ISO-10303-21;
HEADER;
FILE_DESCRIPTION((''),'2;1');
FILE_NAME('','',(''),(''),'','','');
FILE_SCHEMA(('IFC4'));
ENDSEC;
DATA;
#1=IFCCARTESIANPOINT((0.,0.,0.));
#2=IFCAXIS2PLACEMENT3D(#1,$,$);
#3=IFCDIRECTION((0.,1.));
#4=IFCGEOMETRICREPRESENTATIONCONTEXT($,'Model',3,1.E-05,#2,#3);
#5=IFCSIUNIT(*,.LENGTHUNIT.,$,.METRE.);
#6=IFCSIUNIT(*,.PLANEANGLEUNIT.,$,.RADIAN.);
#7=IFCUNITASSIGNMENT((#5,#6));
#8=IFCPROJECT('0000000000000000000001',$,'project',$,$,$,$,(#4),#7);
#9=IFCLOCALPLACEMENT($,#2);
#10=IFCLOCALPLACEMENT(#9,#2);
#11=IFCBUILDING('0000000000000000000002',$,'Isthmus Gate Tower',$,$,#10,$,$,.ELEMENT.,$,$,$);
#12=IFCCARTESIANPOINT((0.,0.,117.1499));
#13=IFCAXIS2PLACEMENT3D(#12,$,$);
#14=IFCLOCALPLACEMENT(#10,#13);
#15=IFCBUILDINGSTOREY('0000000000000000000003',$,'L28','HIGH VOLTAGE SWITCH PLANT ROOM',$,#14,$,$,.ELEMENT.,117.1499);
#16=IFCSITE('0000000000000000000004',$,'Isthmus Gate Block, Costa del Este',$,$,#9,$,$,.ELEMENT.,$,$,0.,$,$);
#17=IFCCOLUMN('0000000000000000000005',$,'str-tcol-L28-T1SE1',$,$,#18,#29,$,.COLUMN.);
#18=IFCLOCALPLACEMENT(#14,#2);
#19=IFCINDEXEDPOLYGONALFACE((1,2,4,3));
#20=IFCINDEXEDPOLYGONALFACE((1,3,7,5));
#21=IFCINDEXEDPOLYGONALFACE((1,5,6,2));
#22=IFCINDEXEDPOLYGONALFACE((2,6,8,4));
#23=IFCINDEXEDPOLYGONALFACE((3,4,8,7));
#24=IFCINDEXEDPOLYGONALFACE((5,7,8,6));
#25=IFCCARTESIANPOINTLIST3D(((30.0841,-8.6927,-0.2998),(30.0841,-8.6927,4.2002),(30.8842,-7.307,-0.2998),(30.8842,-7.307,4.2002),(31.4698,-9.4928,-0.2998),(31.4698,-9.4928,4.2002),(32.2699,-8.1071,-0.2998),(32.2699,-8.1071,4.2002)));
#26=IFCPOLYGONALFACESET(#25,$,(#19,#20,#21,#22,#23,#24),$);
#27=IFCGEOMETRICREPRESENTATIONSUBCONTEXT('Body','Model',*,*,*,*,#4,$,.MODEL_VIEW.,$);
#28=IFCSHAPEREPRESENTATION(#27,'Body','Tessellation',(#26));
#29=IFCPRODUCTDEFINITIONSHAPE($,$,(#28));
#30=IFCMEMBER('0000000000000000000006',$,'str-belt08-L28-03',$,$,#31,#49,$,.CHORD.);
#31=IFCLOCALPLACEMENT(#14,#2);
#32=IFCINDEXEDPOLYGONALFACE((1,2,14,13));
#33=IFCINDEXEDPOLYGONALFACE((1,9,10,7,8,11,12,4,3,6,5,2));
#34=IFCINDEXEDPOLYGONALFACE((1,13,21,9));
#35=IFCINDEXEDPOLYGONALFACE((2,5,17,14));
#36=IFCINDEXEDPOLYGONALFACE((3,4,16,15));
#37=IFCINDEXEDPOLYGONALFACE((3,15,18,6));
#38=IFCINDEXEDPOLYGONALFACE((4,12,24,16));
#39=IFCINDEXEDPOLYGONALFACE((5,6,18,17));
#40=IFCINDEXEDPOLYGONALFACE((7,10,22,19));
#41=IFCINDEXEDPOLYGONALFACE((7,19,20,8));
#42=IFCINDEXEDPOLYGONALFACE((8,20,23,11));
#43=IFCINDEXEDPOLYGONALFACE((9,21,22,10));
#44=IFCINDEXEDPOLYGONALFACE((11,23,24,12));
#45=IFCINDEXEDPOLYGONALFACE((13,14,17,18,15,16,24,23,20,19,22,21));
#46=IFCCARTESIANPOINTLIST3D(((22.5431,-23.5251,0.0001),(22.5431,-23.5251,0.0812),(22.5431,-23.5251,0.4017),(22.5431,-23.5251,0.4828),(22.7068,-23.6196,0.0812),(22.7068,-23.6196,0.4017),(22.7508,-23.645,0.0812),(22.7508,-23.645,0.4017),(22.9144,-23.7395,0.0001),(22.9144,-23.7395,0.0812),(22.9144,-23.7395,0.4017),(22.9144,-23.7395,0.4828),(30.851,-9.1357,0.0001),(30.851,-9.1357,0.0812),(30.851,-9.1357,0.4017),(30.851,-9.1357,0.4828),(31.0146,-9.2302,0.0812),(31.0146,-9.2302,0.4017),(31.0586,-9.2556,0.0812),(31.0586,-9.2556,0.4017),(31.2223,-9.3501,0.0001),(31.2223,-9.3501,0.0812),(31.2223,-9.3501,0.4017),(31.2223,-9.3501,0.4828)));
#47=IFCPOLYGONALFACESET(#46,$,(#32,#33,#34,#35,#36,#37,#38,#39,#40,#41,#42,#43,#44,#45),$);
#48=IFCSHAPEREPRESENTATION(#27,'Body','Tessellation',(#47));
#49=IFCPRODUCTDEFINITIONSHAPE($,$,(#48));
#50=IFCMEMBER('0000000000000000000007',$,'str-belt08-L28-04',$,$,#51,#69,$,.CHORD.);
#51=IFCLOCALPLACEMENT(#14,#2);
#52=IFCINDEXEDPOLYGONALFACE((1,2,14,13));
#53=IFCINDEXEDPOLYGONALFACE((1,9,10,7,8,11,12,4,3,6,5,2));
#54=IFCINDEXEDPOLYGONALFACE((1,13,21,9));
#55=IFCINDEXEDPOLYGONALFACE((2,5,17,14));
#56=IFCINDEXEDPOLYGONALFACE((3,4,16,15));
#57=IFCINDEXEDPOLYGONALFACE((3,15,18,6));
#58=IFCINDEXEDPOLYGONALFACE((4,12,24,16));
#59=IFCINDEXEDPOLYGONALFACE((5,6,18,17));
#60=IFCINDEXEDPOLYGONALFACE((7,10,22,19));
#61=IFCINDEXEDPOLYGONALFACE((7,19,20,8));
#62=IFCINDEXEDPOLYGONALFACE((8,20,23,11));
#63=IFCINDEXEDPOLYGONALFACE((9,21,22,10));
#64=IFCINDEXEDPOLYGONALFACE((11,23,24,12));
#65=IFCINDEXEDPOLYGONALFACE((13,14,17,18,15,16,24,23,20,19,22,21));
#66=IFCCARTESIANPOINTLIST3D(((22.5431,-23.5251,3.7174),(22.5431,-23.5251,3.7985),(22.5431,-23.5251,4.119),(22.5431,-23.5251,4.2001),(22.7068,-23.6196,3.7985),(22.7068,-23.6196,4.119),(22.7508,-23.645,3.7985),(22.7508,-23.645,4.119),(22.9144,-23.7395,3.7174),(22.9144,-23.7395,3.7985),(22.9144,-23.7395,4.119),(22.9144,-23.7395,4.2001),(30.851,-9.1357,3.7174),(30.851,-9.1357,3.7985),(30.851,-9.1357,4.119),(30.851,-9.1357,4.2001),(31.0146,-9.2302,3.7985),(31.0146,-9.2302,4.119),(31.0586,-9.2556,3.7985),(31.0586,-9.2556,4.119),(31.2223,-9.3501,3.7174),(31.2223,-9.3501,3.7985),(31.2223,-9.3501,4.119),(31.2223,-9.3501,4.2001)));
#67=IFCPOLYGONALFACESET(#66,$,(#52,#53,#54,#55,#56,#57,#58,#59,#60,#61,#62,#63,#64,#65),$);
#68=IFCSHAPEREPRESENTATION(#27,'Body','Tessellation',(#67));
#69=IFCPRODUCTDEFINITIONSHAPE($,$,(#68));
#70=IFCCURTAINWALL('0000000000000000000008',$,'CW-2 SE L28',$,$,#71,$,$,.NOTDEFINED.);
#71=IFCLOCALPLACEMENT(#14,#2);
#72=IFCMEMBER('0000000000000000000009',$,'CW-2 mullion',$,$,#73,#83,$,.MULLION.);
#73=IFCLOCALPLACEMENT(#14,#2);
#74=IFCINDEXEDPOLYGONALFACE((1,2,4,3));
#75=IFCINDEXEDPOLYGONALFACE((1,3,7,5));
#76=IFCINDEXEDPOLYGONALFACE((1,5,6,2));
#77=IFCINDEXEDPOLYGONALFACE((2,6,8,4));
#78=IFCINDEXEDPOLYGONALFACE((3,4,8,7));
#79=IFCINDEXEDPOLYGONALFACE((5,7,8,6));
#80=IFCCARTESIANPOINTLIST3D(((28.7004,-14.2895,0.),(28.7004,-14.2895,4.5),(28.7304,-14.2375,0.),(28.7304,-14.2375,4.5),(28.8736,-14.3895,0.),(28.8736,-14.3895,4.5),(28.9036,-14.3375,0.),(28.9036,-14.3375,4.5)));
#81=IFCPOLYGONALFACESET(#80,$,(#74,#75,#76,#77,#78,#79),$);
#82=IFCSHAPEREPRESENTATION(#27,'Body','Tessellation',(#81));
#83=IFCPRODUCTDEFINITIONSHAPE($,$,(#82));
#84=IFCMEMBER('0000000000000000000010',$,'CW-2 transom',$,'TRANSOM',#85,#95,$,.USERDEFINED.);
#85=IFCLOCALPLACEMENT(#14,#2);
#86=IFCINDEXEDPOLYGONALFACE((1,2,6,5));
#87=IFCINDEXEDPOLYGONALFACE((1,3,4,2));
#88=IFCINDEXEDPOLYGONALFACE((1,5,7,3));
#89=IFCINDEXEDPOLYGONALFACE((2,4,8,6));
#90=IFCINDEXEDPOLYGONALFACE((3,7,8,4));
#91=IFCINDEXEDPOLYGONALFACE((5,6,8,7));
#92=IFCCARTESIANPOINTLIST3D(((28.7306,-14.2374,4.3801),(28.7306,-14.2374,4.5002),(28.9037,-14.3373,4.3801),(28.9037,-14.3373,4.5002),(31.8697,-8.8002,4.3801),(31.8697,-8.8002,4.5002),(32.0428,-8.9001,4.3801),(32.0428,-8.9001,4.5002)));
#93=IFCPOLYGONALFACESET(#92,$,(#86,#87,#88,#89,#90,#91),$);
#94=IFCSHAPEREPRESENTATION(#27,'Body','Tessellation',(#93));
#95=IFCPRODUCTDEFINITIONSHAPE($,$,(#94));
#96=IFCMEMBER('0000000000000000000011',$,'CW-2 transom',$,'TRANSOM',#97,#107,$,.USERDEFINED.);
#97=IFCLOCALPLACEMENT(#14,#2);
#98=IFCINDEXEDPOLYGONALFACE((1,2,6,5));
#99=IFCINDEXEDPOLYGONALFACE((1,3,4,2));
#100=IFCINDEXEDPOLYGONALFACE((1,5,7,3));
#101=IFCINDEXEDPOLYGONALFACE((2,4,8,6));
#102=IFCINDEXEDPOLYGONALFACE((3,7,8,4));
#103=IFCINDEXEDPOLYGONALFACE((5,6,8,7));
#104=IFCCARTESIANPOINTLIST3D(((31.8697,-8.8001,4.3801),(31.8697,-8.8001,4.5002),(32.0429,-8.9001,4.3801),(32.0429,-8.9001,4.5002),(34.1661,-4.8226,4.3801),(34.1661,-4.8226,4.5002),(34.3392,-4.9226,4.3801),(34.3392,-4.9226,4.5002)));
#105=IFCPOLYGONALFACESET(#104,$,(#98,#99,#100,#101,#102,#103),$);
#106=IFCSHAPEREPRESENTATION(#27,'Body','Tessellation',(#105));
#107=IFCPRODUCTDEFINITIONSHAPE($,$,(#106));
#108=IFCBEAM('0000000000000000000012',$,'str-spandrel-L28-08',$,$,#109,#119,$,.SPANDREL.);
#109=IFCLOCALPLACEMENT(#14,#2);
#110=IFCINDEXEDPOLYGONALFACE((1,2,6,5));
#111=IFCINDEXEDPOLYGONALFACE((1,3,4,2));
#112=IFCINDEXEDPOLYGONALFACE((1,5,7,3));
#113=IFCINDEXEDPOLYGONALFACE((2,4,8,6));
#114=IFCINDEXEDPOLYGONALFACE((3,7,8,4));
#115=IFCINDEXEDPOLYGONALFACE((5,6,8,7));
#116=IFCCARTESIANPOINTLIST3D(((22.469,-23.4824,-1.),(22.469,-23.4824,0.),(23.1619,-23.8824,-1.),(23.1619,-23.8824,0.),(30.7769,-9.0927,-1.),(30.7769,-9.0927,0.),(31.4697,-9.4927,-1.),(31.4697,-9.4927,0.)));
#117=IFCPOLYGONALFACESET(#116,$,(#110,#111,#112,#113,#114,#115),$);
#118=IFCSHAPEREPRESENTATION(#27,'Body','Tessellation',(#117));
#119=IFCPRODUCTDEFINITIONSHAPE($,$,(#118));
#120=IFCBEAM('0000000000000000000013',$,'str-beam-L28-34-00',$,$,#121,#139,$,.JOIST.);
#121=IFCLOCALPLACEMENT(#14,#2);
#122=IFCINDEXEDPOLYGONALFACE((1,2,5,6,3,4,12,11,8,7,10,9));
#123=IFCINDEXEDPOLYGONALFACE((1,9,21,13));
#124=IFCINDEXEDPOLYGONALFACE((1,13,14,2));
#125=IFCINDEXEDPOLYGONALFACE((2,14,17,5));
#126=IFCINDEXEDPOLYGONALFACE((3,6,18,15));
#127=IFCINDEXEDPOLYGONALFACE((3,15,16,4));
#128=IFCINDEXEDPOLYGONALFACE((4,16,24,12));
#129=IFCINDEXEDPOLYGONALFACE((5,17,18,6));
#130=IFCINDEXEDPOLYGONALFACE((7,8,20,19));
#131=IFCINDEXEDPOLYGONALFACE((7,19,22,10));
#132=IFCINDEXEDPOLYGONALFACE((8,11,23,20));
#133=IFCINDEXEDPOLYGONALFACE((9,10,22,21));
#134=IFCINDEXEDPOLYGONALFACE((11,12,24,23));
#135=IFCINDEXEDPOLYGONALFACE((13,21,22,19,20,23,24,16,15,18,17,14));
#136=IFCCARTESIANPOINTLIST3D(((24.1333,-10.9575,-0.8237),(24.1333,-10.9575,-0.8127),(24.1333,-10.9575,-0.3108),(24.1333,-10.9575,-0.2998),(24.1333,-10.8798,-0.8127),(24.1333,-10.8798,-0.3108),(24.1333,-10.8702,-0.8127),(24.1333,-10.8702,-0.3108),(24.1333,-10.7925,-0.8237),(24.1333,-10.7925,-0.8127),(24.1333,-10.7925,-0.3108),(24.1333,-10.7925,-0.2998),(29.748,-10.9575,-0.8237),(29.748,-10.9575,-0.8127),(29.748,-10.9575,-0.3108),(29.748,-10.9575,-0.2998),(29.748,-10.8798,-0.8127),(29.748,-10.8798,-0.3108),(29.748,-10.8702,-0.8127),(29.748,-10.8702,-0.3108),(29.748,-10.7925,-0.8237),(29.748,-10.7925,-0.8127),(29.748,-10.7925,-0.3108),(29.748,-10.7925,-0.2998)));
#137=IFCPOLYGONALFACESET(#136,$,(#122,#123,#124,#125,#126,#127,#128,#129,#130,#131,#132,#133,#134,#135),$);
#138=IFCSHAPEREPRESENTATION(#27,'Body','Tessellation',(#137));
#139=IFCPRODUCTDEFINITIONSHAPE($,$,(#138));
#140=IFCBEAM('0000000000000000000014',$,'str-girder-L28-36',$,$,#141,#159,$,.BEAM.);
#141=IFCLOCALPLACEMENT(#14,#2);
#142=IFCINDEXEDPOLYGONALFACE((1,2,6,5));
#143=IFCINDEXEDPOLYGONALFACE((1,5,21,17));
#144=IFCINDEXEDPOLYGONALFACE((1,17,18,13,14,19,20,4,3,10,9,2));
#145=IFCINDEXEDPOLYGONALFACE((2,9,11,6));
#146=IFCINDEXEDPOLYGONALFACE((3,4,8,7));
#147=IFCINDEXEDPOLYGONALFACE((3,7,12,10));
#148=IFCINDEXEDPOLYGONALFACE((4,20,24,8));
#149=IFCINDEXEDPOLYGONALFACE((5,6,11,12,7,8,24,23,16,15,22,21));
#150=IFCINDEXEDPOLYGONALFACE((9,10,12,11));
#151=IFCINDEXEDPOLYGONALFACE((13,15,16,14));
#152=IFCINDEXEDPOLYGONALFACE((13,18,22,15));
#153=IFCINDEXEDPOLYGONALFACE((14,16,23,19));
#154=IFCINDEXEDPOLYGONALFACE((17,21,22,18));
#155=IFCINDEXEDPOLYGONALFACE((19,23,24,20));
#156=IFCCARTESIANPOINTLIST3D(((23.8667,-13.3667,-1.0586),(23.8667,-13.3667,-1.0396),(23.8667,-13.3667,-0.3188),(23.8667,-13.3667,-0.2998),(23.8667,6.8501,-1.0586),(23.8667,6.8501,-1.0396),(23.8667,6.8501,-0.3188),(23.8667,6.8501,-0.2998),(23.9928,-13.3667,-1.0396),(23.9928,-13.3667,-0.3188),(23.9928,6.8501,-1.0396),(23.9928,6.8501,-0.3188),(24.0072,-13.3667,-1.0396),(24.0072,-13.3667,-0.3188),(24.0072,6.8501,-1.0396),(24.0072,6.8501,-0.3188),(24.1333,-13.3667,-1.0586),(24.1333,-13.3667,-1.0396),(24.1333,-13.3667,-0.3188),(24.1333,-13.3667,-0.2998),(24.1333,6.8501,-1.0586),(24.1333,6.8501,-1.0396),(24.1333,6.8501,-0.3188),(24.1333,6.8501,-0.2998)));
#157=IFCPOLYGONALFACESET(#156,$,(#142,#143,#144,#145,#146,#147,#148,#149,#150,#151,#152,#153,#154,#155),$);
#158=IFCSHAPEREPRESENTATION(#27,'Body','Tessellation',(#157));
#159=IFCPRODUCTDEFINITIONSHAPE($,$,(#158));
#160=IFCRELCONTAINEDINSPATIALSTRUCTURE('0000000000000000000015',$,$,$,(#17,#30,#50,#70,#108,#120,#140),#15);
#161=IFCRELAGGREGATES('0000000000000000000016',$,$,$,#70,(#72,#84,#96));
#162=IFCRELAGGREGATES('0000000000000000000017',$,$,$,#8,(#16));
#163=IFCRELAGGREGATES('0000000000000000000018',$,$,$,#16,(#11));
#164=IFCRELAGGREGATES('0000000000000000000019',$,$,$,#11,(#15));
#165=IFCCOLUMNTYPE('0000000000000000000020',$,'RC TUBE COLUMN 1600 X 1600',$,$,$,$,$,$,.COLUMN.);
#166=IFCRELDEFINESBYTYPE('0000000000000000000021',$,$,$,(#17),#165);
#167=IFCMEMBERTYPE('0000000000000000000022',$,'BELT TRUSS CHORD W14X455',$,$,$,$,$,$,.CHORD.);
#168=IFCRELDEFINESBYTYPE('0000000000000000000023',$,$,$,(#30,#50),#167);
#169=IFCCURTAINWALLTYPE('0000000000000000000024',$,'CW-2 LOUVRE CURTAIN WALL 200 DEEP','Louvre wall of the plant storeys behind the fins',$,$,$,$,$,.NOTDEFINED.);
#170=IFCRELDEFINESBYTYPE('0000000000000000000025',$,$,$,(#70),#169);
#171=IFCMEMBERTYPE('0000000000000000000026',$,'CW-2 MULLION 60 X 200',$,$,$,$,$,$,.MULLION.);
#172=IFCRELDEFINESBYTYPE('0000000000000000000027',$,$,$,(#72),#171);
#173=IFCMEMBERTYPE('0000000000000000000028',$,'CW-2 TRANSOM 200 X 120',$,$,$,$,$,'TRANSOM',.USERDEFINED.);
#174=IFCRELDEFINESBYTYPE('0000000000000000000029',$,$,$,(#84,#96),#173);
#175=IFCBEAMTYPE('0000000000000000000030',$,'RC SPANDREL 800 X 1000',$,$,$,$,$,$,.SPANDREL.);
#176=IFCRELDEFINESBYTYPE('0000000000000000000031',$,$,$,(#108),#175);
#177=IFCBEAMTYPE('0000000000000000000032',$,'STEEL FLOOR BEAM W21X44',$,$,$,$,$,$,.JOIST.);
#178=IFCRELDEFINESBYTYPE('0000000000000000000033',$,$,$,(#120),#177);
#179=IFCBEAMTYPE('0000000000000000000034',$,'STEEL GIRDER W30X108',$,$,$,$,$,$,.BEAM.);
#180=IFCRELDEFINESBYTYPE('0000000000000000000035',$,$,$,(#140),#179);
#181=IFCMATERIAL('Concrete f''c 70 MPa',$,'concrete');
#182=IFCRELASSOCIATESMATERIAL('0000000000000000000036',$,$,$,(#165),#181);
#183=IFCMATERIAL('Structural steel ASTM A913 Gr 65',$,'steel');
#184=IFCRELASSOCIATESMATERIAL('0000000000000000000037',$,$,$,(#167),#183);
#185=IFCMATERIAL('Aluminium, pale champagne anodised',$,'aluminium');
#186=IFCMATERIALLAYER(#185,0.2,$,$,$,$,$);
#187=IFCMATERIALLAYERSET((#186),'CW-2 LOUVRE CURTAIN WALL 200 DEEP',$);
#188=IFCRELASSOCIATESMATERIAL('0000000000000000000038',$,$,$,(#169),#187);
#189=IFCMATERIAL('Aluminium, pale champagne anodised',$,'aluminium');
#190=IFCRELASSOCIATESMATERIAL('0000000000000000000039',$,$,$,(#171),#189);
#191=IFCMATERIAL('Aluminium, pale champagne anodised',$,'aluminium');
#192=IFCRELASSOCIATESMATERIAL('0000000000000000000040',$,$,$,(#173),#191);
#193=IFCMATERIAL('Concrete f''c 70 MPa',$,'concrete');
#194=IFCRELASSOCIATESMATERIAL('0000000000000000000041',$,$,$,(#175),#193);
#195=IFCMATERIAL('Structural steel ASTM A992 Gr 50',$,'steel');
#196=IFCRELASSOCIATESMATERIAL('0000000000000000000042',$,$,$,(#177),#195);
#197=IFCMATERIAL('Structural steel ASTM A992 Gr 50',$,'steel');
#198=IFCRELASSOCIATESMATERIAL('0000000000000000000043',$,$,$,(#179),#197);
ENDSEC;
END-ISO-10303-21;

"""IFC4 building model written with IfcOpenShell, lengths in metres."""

from ifc_helpers import new_model, si_unit, direction, frame, origin, origin_2d, place, context, subcontext, project, spatial, rectangle, i_section, extrude, material, layer, layer_set, material_profile, profile_set, type_object, element, aggregate, save


model = new_model("IFC4")

# Units and contexts
model_context = context("Model", 3, precision=1e-05, world=origin(), true_north=direction((0.0, 1.0)))
body_context = subcontext(model_context, "Body", "Model", "MODEL_VIEW")
ifc_project = project(units=[si_unit("LENGTHUNIT", "METRE"), si_unit("PLANEANGLEUNIT", "RADIAN")], contexts=[model_context])

# Site, building, storey
site_placement = place(None, origin())
site = spatial("IfcSite", under=ifc_project, at=site_placement, Name="Isthmus Gate Block, Costa del Este", CompositionType="ELEMENT", RefElevation=0.0)
building_placement = place(site_placement, origin())
building = spatial("IfcBuilding", under=site, at=building_placement, Name="Isthmus Gate Tower", CompositionType="ELEMENT")
storey_placement = place(building_placement, frame((0.0, 0.0, 117.1499)))
storey = spatial("IfcBuildingStorey", under=building, at=storey_placement, Name="L28", Description="HIGH VOLTAGE SWITCH PLANT ROOM", CompositionType="ELEMENT", Elevation=117.1499)

# Column
ifc_material_1 = material(Name="Concrete f'c 70 MPa", Category="concrete")
ifc_material_profile_1 = material_profile(ifc_material_1, rectangle(XDim=1.6001, YDim=1.6001, at=origin_2d()), Name="RC 1600X1600")
ifc_profile_set_1 = profile_set([ifc_material_profile_1], Name="Concrete f'c 70 MPa")
column_type = type_object("IfcColumnType", Name="RC TUBE COLUMN 1600 X 1600", PredefinedType="COLUMN", material=ifc_profile_set_1)
column_placement = place(storey_placement, frame((31.177, -8.3999, -0.2998), z_axis=(0.0, 0.0, 1.0), x_axis=(0.5, 0.866025, 0.0)))
element("IfcColumn", 1, at=column_placement, inside=storey, type_object=column_type, Name="str-tcol-L28-T1SE1", PredefinedType="COLUMN", context=body_context, shape_type="SweptSolid", body=[
    extrude(rectangle(XDim=1.6001, YDim=1.6001, at=origin_2d()), origin(), (0.0, 0.0, 1.0), 4.5),
])

# Members
ifc_material_2 = material(Name="Structural steel ASTM A913 Gr 65", Category="steel")
ifc_material_profile_2 = material_profile(ifc_material_2, i_section(OverallWidth=0.4287, OverallDepth=0.4827, WebThickness=0.0508, FlangeThickness=0.0811, at=origin_2d()), Name="W14X455")
ifc_profile_set_2 = profile_set([ifc_material_profile_2], Name="Structural steel ASTM A913 Gr 65")
member_type_1 = type_object("IfcMemberType", Name="BELT TRUSS CHORD W14X455", PredefinedType="CHORD", material=ifc_profile_set_2)
for number, where, z_axis, x_axis, name in (
    (2, (31.0366, -9.2429, 0.2415), (-0.500006, -0.866022, 0.0), (0.866022, -0.500006, 0.0), "str-belt08-L28-03"),
    (3, (31.0366, -9.2429, 3.9587), (-0.500006, -0.866022, 0.0), (0.866022, -0.500006, 0.0), "str-belt08-L28-04"),
):
    element("IfcMember", number, at=place(storey_placement, frame(where, z_axis=z_axis, x_axis=x_axis)), inside=storey, type_object=member_type_1, Name=name, PredefinedType="CHORD", context=body_context, shape_type="SweptSolid", body=[
        extrude(i_section(OverallWidth=0.4287, OverallDepth=0.4827, WebThickness=0.0508, FlangeThickness=0.0811, at=origin_2d()), origin(), (0.0, 0.0, 1.0), 16.6155),
    ])

# Curtain wall, members
ifc_material_3 = material(Name="Aluminium, pale champagne anodised", Category="aluminium")
ifc_layer_1 = layer(ifc_material_3, 0.2)
ifc_layer_set_1 = layer_set([ifc_layer_1], Name="CW-2 LOUVRE CURTAIN WALL 200 DEEP")
curtain_wall_type = type_object("IfcCurtainWallType", Name="CW-2 LOUVRE CURTAIN WALL 200 DEEP", Description="Louvre wall of the plant storeys behind the fins", PredefinedType="NOTDEFINED", material=ifc_layer_set_1)
curtain_wall_placement = place(storey_placement, origin())
curtain_wall = element("IfcCurtainWall", 4, at=curtain_wall_placement, inside=storey, type_object=curtain_wall_type, Name="CW-2 SE L28", PredefinedType="NOTDEFINED")
ifc_material_4 = material(Name="Aluminium, pale champagne anodised", Category="aluminium")
ifc_material_profile_3 = material_profile(ifc_material_4, rectangle(XDim=0.0601, YDim=0.2, at=origin_2d()), Name="60x200")
ifc_profile_set_3 = profile_set([ifc_material_profile_3], Name="Aluminium, pale champagne anodised")
member_type_2 = type_object("IfcMemberType", Name="CW-2 MULLION 60 X 200", PredefinedType="MULLION", material=ifc_profile_set_3)
member_1_placement = place(storey_placement, frame((28.802, -14.3135, 0.0), z_axis=(0.0, 0.0, 1.0), x_axis=(0.5, 0.866025, 0.0)))
member_1 = element("IfcMember", 5, at=member_1_placement, type_object=member_type_2, Name="CW-2 mullion", PredefinedType="MULLION", context=body_context, shape_type="SweptSolid", body=[
    extrude(rectangle(XDim=0.0601, YDim=0.2, at=origin_2d()), origin(), (0.0, 0.0, 1.0), 4.5),
])
ifc_material_5 = material(Name="Aluminium, pale champagne anodised", Category="aluminium")
ifc_material_profile_4 = material_profile(ifc_material_5, rectangle(XDim=0.2, YDim=0.1201, at=origin_2d()), Name="200x120")
ifc_profile_set_4 = profile_set([ifc_material_profile_4], Name="Aluminium, pale champagne anodised")
member_type_3 = type_object("IfcMemberType", Name="CW-2 TRANSOM 200 X 120", ElementType="TRANSOM", PredefinedType="USERDEFINED", material=ifc_profile_set_4)
member_2_placement = place(storey_placement, frame((28.8171, -14.2874, 4.4402), z_axis=(0.499995, 0.866028, 0.0), x_axis=(-0.866028, 0.499995, 0.0)))
member_2 = element("IfcMember", 6, at=member_2_placement, type_object=member_type_3, Name="CW-2 transom", ObjectType="TRANSOM", PredefinedType="USERDEFINED", context=body_context, shape_type="SweptSolid", body=[
    extrude(rectangle(XDim=0.2, YDim=0.1201, at=origin_2d()), origin(), (0.0, 0.0, 1.0), 6.2783),
])
member_3_placement = place(storey_placement, frame((31.9563, -8.8501, 4.4402), z_axis=(0.499992, 0.86603, 0.0), x_axis=(-0.86603, 0.499992, 0.0)))
member_3 = element("IfcMember", 7, at=member_3_placement, type_object=member_type_3, Name="CW-2 transom", ObjectType="TRANSOM", PredefinedType="USERDEFINED", context=body_context, shape_type="SweptSolid", body=[
    extrude(rectangle(XDim=0.2, YDim=0.1201, at=origin_2d()), origin(), (0.0, 0.0, 1.0), 4.5928),
])

# Beams
ifc_material_6 = material(Name="Concrete f'c 70 MPa", Category="concrete")
ifc_material_profile_5 = material_profile(ifc_material_6, rectangle(XDim=0.8, YDim=1.0, at=origin_2d()), Name="RC 800X1000")
ifc_profile_set_5 = profile_set([ifc_material_profile_5], Name="Concrete f'c 70 MPa")
beam_type_1 = type_object("IfcBeamType", Name="RC SPANDREL 800 X 1000", PredefinedType="SPANDREL", material=ifc_profile_set_5)
beam_1_placement = place(storey_placement, frame((31.1233, -9.2927, -0.5), z_axis=(-0.5, -0.866026, 0.0), x_axis=(0.866026, -0.5, 0.0)))
element("IfcBeam", 8, at=beam_1_placement, inside=storey, type_object=beam_type_1, Name="str-spandrel-L28-08", PredefinedType="SPANDREL", context=body_context, shape_type="SweptSolid", body=[
    extrude(rectangle(XDim=0.8, YDim=1.0, at=origin_2d()), origin(), (0.0, 0.0, 1.0), 16.6157),
])
ifc_material_7 = material(Name="Structural steel ASTM A992 Gr 50", Category="steel")
ifc_material_profile_6 = material_profile(ifc_material_7, i_section(OverallWidth=0.165, OverallDepth=0.5239, WebThickness=0.0095, FlangeThickness=0.011, at=origin_2d()), Name="W21X44")
ifc_profile_set_6 = profile_set([ifc_material_profile_6], Name="Structural steel ASTM A992 Gr 50")
beam_type_2 = type_object("IfcBeamType", Name="STEEL FLOOR BEAM W21X44", PredefinedType="JOIST", material=ifc_profile_set_6)
beam_2_placement = place(storey_placement, frame((24.1333, -10.875, -0.5618), z_axis=(1.0, 0.0, 0.0), x_axis=(0.0, 1.0, 0.0)))
element("IfcBeam", 9, at=beam_2_placement, inside=storey, type_object=beam_type_2, Name="str-beam-L28-34-00", PredefinedType="JOIST", context=body_context, shape_type="SweptSolid", body=[
    extrude(i_section(OverallWidth=0.165, OverallDepth=0.5239, WebThickness=0.0095, FlangeThickness=0.011, at=origin_2d()), origin(), (0.0, 0.0, 1.0), 5.6147),
])
ifc_material_8 = material(Name="Structural steel ASTM A992 Gr 50", Category="steel")
ifc_material_profile_7 = material_profile(ifc_material_8, i_section(OverallWidth=0.2666, OverallDepth=0.7588, WebThickness=0.0144, FlangeThickness=0.019, at=origin_2d()), Name="W30X108")
ifc_profile_set_7 = profile_set([ifc_material_profile_7], Name="Structural steel ASTM A992 Gr 50")
beam_type_3 = type_object("IfcBeamType", Name="STEEL GIRDER W30X108", PredefinedType="BEAM", material=ifc_profile_set_7)
beam_3_placement = place(storey_placement, frame((24.0, -13.3667, -0.6792), z_axis=(0.0, 1.0, 0.0), x_axis=(-1.0, 0.0, 0.0)))
element("IfcBeam", 10, at=beam_3_placement, inside=storey, type_object=beam_type_3, Name="str-girder-L28-36", PredefinedType="BEAM", context=body_context, shape_type="SweptSolid", body=[
    extrude(i_section(OverallWidth=0.2666, OverallDepth=0.7588, WebThickness=0.0144, FlangeThickness=0.019, at=origin_2d()), origin(), (0.0, 0.0, 1.0), 20.2168),
])

aggregate(curtain_wall, [member_1, member_2, member_3])

save(model, "model.ifc")
